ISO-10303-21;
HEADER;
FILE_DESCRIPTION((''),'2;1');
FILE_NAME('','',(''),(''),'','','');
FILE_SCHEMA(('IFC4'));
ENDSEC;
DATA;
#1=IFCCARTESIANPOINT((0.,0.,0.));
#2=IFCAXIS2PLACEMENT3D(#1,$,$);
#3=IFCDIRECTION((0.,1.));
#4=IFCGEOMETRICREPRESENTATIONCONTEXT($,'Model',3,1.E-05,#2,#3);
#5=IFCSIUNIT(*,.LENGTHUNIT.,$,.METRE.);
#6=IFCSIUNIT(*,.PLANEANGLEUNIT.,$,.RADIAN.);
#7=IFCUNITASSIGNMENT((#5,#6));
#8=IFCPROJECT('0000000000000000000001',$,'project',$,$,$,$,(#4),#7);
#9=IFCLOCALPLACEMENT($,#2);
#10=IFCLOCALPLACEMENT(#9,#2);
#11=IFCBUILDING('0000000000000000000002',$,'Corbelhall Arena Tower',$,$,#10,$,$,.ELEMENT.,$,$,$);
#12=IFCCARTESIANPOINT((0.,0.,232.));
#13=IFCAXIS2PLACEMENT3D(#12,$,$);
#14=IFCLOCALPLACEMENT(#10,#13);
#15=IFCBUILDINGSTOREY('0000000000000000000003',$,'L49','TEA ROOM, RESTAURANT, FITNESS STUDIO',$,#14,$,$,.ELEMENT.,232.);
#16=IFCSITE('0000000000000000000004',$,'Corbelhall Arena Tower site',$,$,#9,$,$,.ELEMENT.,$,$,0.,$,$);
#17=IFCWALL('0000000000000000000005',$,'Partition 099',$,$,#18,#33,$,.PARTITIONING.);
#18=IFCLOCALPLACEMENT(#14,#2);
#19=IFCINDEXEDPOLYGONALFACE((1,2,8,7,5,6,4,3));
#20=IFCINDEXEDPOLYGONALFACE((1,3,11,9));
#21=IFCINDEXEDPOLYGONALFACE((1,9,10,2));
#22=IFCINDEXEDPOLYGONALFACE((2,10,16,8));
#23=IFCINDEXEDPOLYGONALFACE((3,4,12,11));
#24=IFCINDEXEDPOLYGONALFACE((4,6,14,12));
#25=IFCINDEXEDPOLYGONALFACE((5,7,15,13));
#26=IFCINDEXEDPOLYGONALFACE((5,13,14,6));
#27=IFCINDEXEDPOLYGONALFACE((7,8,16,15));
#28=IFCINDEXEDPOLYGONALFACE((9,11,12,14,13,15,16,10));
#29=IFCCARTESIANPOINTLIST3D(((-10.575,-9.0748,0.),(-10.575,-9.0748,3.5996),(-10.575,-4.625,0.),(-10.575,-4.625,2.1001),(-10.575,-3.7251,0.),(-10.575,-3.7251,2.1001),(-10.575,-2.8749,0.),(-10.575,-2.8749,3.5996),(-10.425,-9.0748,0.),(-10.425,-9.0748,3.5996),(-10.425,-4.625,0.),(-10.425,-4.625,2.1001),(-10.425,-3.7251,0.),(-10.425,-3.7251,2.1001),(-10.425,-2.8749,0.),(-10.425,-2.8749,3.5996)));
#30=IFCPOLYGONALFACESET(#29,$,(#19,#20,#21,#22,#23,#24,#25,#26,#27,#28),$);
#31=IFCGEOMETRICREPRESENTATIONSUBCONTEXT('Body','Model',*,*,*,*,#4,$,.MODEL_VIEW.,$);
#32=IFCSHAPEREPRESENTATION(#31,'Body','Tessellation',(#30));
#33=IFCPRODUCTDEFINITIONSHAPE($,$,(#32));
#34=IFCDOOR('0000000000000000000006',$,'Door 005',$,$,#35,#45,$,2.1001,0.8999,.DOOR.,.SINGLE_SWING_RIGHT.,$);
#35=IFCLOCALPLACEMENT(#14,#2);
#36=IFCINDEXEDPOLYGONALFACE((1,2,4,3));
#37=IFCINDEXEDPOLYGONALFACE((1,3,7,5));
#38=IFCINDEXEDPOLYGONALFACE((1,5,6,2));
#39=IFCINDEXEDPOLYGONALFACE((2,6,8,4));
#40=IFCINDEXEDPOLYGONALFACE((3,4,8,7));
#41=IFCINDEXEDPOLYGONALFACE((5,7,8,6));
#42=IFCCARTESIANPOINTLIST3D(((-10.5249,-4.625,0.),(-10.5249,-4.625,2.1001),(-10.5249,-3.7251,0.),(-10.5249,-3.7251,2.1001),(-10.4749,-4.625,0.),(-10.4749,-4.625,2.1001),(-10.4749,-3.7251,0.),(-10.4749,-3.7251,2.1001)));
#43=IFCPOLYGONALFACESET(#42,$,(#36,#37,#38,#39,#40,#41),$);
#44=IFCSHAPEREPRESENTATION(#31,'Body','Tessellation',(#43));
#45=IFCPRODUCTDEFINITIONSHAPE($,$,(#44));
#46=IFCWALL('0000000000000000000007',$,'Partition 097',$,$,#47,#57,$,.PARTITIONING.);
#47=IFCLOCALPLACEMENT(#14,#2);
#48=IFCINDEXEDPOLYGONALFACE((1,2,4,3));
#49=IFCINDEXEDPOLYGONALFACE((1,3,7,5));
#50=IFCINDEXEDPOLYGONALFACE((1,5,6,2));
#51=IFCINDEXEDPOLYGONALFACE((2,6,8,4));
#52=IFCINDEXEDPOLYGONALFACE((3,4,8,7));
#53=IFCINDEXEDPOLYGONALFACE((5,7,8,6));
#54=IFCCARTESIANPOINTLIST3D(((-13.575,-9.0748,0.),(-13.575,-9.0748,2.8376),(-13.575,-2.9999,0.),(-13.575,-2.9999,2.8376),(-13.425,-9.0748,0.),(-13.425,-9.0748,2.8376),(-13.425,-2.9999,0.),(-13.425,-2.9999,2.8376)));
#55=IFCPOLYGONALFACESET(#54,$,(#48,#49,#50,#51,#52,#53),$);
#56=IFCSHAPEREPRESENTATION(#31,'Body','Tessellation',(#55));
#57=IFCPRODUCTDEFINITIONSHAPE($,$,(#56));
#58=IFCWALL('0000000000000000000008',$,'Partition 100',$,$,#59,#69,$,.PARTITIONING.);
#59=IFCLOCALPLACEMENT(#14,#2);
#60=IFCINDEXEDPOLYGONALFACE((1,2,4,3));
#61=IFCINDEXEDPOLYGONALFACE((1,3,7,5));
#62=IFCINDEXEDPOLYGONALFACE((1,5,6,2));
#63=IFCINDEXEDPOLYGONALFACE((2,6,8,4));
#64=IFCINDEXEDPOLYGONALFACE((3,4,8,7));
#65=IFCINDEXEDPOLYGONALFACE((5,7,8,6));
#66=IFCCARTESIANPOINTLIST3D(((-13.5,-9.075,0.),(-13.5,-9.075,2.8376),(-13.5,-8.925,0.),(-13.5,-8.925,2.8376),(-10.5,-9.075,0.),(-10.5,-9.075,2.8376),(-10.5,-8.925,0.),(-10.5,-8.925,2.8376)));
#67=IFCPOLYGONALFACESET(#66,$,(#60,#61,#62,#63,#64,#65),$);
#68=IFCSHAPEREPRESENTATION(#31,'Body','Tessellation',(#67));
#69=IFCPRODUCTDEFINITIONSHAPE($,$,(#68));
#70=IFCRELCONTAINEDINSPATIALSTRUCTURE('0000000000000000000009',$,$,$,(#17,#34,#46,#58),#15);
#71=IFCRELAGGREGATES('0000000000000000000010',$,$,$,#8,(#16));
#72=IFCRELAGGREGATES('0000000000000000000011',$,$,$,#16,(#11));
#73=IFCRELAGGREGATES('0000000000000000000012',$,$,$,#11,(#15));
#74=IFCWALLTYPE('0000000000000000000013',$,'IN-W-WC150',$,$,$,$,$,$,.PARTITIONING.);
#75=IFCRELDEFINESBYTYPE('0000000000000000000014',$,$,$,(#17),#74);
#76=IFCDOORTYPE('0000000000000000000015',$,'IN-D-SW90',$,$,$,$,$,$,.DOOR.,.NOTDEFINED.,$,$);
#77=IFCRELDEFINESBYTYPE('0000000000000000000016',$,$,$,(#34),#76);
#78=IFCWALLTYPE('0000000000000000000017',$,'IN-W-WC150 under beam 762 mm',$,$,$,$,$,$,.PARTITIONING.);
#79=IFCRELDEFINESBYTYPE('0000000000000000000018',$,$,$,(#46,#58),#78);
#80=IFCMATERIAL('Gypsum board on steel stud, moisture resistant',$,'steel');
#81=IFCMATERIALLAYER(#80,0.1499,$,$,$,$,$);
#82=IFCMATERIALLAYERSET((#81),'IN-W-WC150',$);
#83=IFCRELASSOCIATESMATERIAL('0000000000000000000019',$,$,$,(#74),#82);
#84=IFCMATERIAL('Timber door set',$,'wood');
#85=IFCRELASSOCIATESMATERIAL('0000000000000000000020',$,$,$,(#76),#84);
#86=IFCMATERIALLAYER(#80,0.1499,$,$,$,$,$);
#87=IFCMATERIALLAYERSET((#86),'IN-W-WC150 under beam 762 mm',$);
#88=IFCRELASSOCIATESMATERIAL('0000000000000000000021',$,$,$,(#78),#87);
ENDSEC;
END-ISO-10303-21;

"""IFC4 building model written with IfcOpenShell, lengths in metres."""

from ifc_helpers import new_model, si_unit, direction, frame, frame_2d, origin, place, context, subcontext, project, spatial, rectangle, extrude, material, layer, layer_set, type_object, element, fill, save


model = new_model("IFC4")

# Units and contexts
model_context = context("Model", 3, precision=1e-05, world=origin(), true_north=direction((0.0, 1.0)))
body_context = subcontext(model_context, "Body", "Model", "MODEL_VIEW")
ifc_project = project(units=[si_unit("LENGTHUNIT", "METRE"), si_unit("PLANEANGLEUNIT", "RADIAN")], contexts=[model_context])

# Site, building, storey
site_placement = place(None, origin())
site = spatial("IfcSite", under=ifc_project, at=site_placement, Name="Corbelhall Arena Tower site", CompositionType="ELEMENT", RefElevation=0.0)
building_placement = place(site_placement, origin())
building = spatial("IfcBuilding", under=site, at=building_placement, Name="Corbelhall Arena Tower", CompositionType="ELEMENT")
storey_placement = place(building_placement, frame((0.0, 0.0, 232.0)))
storey = spatial("IfcBuildingStorey", under=building, at=storey_placement, Name="L49", Description="TEA ROOM, RESTAURANT, FITNESS STUDIO", CompositionType="ELEMENT", Elevation=232.0)

# Wall, opening, door
ifc_material_1 = material(Name="Gypsum board on steel stud, moisture resistant", Category="steel")
ifc_layer_1 = layer(ifc_material_1, 0.1499)
ifc_layer_set_1 = layer_set([ifc_layer_1], Name="IN-W-WC150")
wall_type_1 = type_object("IfcWallType", Name="IN-W-WC150", PredefinedType="PARTITIONING", material=ifc_layer_set_1)
wall_1_placement = place(storey_placement, frame((-10.5, -9.075, 0.0), z_axis=(0.0, 0.0, 1.0), x_axis=(0.0, 1.0, 0.0)))
wall_1 = element("IfcWall", 1, at=wall_1_placement, inside=storey, type_object=wall_type_1, Name="Partition 099", PredefinedType="PARTITIONING", context=body_context, shape_type="SweptSolid", body=[
    extrude(rectangle(XDim=6.2, YDim=0.1499, at=frame_2d((3.1001, 0.0))), origin(), (0.0, 0.0, 1.0), 3.5996),
])
opening_1_placement = place(wall_1_placement, frame((4.45, 0.0, 0.0)))
opening_1 = element("IfcOpeningElement", 2, at=opening_1_placement, cuts=wall_1, PredefinedType="OPENING", context=body_context, shape_type="SweptSolid", body=[
    extrude(rectangle(XDim=0.8999, YDim=2.1001, at=frame_2d((0.45, 1.05))), frame((0.0, 0.075, 0.0), z_axis=(0.0, -1.0, 0.0), x_axis=(1.0, 0.0, 0.0)), (0.0, 0.0, 1.0), 0.1499),
])
ifc_material_2 = material(Name="Timber door set", Category="wood")
door_type_1 = type_object("IfcDoorType", Name="IN-D-SW90", OperationType="NOTDEFINED", PredefinedType="DOOR", material=ifc_material_2)
door_1_placement = place(opening_1_placement, origin())
door_1 = element("IfcDoor", 3, at=door_1_placement, inside=storey, type_object=door_type_1, Name="Door 005", OperationType="SINGLE_SWING_RIGHT", OverallHeight=2.1001, OverallWidth=0.8999, PredefinedType="DOOR", context=body_context, shape_type="SweptSolid", body=[
    extrude(rectangle(XDim=0.8999, YDim=2.1001, at=frame_2d((0.45, 1.05))), frame((0.0, 0.0249, 0.0), z_axis=(0.0, -1.0, 0.0), x_axis=(1.0, 0.0, 0.0)), (0.0, 0.0, 1.0), 0.05),
])
fill(opening_1, door_1)

# Walls
ifc_layer_2 = layer(ifc_material_1, 0.1499)
ifc_layer_set_2 = layer_set([ifc_layer_2], Name="IN-W-WC150 under beam 762 mm")
wall_type_2 = type_object("IfcWallType", Name="IN-W-WC150 under beam 762 mm", PredefinedType="PARTITIONING", material=ifc_layer_set_2)
wall_2_placement = place(storey_placement, frame((-13.5, -9.075, 0.0), z_axis=(0.0, 0.0, 1.0), x_axis=(0.0, 1.0, 0.0)))
element("IfcWall", 4, at=wall_2_placement, inside=storey, type_object=wall_type_2, Name="Partition 097", PredefinedType="PARTITIONING", context=body_context, shape_type="SweptSolid", body=[
    extrude(rectangle(XDim=6.075, YDim=0.1499, at=frame_2d((3.0376, 0.0))), origin(), (0.0, 0.0, 1.0), 2.8376),
])
wall_3_placement = place(storey_placement, frame((-10.5, -9.0, 0.0), z_axis=(0.0, 0.0, 1.0), x_axis=(-1.0, 0.0, 0.0)))
element("IfcWall", 5, at=wall_3_placement, inside=storey, type_object=wall_type_2, Name="Partition 100", PredefinedType="PARTITIONING", context=body_context, shape_type="SweptSolid", body=[
    extrude(rectangle(XDim=3.0, YDim=0.1499, at=frame_2d((1.5, 0.0))), origin(), (0.0, 0.0, 1.0), 2.8376),
])

save(model, "model.ifc")
